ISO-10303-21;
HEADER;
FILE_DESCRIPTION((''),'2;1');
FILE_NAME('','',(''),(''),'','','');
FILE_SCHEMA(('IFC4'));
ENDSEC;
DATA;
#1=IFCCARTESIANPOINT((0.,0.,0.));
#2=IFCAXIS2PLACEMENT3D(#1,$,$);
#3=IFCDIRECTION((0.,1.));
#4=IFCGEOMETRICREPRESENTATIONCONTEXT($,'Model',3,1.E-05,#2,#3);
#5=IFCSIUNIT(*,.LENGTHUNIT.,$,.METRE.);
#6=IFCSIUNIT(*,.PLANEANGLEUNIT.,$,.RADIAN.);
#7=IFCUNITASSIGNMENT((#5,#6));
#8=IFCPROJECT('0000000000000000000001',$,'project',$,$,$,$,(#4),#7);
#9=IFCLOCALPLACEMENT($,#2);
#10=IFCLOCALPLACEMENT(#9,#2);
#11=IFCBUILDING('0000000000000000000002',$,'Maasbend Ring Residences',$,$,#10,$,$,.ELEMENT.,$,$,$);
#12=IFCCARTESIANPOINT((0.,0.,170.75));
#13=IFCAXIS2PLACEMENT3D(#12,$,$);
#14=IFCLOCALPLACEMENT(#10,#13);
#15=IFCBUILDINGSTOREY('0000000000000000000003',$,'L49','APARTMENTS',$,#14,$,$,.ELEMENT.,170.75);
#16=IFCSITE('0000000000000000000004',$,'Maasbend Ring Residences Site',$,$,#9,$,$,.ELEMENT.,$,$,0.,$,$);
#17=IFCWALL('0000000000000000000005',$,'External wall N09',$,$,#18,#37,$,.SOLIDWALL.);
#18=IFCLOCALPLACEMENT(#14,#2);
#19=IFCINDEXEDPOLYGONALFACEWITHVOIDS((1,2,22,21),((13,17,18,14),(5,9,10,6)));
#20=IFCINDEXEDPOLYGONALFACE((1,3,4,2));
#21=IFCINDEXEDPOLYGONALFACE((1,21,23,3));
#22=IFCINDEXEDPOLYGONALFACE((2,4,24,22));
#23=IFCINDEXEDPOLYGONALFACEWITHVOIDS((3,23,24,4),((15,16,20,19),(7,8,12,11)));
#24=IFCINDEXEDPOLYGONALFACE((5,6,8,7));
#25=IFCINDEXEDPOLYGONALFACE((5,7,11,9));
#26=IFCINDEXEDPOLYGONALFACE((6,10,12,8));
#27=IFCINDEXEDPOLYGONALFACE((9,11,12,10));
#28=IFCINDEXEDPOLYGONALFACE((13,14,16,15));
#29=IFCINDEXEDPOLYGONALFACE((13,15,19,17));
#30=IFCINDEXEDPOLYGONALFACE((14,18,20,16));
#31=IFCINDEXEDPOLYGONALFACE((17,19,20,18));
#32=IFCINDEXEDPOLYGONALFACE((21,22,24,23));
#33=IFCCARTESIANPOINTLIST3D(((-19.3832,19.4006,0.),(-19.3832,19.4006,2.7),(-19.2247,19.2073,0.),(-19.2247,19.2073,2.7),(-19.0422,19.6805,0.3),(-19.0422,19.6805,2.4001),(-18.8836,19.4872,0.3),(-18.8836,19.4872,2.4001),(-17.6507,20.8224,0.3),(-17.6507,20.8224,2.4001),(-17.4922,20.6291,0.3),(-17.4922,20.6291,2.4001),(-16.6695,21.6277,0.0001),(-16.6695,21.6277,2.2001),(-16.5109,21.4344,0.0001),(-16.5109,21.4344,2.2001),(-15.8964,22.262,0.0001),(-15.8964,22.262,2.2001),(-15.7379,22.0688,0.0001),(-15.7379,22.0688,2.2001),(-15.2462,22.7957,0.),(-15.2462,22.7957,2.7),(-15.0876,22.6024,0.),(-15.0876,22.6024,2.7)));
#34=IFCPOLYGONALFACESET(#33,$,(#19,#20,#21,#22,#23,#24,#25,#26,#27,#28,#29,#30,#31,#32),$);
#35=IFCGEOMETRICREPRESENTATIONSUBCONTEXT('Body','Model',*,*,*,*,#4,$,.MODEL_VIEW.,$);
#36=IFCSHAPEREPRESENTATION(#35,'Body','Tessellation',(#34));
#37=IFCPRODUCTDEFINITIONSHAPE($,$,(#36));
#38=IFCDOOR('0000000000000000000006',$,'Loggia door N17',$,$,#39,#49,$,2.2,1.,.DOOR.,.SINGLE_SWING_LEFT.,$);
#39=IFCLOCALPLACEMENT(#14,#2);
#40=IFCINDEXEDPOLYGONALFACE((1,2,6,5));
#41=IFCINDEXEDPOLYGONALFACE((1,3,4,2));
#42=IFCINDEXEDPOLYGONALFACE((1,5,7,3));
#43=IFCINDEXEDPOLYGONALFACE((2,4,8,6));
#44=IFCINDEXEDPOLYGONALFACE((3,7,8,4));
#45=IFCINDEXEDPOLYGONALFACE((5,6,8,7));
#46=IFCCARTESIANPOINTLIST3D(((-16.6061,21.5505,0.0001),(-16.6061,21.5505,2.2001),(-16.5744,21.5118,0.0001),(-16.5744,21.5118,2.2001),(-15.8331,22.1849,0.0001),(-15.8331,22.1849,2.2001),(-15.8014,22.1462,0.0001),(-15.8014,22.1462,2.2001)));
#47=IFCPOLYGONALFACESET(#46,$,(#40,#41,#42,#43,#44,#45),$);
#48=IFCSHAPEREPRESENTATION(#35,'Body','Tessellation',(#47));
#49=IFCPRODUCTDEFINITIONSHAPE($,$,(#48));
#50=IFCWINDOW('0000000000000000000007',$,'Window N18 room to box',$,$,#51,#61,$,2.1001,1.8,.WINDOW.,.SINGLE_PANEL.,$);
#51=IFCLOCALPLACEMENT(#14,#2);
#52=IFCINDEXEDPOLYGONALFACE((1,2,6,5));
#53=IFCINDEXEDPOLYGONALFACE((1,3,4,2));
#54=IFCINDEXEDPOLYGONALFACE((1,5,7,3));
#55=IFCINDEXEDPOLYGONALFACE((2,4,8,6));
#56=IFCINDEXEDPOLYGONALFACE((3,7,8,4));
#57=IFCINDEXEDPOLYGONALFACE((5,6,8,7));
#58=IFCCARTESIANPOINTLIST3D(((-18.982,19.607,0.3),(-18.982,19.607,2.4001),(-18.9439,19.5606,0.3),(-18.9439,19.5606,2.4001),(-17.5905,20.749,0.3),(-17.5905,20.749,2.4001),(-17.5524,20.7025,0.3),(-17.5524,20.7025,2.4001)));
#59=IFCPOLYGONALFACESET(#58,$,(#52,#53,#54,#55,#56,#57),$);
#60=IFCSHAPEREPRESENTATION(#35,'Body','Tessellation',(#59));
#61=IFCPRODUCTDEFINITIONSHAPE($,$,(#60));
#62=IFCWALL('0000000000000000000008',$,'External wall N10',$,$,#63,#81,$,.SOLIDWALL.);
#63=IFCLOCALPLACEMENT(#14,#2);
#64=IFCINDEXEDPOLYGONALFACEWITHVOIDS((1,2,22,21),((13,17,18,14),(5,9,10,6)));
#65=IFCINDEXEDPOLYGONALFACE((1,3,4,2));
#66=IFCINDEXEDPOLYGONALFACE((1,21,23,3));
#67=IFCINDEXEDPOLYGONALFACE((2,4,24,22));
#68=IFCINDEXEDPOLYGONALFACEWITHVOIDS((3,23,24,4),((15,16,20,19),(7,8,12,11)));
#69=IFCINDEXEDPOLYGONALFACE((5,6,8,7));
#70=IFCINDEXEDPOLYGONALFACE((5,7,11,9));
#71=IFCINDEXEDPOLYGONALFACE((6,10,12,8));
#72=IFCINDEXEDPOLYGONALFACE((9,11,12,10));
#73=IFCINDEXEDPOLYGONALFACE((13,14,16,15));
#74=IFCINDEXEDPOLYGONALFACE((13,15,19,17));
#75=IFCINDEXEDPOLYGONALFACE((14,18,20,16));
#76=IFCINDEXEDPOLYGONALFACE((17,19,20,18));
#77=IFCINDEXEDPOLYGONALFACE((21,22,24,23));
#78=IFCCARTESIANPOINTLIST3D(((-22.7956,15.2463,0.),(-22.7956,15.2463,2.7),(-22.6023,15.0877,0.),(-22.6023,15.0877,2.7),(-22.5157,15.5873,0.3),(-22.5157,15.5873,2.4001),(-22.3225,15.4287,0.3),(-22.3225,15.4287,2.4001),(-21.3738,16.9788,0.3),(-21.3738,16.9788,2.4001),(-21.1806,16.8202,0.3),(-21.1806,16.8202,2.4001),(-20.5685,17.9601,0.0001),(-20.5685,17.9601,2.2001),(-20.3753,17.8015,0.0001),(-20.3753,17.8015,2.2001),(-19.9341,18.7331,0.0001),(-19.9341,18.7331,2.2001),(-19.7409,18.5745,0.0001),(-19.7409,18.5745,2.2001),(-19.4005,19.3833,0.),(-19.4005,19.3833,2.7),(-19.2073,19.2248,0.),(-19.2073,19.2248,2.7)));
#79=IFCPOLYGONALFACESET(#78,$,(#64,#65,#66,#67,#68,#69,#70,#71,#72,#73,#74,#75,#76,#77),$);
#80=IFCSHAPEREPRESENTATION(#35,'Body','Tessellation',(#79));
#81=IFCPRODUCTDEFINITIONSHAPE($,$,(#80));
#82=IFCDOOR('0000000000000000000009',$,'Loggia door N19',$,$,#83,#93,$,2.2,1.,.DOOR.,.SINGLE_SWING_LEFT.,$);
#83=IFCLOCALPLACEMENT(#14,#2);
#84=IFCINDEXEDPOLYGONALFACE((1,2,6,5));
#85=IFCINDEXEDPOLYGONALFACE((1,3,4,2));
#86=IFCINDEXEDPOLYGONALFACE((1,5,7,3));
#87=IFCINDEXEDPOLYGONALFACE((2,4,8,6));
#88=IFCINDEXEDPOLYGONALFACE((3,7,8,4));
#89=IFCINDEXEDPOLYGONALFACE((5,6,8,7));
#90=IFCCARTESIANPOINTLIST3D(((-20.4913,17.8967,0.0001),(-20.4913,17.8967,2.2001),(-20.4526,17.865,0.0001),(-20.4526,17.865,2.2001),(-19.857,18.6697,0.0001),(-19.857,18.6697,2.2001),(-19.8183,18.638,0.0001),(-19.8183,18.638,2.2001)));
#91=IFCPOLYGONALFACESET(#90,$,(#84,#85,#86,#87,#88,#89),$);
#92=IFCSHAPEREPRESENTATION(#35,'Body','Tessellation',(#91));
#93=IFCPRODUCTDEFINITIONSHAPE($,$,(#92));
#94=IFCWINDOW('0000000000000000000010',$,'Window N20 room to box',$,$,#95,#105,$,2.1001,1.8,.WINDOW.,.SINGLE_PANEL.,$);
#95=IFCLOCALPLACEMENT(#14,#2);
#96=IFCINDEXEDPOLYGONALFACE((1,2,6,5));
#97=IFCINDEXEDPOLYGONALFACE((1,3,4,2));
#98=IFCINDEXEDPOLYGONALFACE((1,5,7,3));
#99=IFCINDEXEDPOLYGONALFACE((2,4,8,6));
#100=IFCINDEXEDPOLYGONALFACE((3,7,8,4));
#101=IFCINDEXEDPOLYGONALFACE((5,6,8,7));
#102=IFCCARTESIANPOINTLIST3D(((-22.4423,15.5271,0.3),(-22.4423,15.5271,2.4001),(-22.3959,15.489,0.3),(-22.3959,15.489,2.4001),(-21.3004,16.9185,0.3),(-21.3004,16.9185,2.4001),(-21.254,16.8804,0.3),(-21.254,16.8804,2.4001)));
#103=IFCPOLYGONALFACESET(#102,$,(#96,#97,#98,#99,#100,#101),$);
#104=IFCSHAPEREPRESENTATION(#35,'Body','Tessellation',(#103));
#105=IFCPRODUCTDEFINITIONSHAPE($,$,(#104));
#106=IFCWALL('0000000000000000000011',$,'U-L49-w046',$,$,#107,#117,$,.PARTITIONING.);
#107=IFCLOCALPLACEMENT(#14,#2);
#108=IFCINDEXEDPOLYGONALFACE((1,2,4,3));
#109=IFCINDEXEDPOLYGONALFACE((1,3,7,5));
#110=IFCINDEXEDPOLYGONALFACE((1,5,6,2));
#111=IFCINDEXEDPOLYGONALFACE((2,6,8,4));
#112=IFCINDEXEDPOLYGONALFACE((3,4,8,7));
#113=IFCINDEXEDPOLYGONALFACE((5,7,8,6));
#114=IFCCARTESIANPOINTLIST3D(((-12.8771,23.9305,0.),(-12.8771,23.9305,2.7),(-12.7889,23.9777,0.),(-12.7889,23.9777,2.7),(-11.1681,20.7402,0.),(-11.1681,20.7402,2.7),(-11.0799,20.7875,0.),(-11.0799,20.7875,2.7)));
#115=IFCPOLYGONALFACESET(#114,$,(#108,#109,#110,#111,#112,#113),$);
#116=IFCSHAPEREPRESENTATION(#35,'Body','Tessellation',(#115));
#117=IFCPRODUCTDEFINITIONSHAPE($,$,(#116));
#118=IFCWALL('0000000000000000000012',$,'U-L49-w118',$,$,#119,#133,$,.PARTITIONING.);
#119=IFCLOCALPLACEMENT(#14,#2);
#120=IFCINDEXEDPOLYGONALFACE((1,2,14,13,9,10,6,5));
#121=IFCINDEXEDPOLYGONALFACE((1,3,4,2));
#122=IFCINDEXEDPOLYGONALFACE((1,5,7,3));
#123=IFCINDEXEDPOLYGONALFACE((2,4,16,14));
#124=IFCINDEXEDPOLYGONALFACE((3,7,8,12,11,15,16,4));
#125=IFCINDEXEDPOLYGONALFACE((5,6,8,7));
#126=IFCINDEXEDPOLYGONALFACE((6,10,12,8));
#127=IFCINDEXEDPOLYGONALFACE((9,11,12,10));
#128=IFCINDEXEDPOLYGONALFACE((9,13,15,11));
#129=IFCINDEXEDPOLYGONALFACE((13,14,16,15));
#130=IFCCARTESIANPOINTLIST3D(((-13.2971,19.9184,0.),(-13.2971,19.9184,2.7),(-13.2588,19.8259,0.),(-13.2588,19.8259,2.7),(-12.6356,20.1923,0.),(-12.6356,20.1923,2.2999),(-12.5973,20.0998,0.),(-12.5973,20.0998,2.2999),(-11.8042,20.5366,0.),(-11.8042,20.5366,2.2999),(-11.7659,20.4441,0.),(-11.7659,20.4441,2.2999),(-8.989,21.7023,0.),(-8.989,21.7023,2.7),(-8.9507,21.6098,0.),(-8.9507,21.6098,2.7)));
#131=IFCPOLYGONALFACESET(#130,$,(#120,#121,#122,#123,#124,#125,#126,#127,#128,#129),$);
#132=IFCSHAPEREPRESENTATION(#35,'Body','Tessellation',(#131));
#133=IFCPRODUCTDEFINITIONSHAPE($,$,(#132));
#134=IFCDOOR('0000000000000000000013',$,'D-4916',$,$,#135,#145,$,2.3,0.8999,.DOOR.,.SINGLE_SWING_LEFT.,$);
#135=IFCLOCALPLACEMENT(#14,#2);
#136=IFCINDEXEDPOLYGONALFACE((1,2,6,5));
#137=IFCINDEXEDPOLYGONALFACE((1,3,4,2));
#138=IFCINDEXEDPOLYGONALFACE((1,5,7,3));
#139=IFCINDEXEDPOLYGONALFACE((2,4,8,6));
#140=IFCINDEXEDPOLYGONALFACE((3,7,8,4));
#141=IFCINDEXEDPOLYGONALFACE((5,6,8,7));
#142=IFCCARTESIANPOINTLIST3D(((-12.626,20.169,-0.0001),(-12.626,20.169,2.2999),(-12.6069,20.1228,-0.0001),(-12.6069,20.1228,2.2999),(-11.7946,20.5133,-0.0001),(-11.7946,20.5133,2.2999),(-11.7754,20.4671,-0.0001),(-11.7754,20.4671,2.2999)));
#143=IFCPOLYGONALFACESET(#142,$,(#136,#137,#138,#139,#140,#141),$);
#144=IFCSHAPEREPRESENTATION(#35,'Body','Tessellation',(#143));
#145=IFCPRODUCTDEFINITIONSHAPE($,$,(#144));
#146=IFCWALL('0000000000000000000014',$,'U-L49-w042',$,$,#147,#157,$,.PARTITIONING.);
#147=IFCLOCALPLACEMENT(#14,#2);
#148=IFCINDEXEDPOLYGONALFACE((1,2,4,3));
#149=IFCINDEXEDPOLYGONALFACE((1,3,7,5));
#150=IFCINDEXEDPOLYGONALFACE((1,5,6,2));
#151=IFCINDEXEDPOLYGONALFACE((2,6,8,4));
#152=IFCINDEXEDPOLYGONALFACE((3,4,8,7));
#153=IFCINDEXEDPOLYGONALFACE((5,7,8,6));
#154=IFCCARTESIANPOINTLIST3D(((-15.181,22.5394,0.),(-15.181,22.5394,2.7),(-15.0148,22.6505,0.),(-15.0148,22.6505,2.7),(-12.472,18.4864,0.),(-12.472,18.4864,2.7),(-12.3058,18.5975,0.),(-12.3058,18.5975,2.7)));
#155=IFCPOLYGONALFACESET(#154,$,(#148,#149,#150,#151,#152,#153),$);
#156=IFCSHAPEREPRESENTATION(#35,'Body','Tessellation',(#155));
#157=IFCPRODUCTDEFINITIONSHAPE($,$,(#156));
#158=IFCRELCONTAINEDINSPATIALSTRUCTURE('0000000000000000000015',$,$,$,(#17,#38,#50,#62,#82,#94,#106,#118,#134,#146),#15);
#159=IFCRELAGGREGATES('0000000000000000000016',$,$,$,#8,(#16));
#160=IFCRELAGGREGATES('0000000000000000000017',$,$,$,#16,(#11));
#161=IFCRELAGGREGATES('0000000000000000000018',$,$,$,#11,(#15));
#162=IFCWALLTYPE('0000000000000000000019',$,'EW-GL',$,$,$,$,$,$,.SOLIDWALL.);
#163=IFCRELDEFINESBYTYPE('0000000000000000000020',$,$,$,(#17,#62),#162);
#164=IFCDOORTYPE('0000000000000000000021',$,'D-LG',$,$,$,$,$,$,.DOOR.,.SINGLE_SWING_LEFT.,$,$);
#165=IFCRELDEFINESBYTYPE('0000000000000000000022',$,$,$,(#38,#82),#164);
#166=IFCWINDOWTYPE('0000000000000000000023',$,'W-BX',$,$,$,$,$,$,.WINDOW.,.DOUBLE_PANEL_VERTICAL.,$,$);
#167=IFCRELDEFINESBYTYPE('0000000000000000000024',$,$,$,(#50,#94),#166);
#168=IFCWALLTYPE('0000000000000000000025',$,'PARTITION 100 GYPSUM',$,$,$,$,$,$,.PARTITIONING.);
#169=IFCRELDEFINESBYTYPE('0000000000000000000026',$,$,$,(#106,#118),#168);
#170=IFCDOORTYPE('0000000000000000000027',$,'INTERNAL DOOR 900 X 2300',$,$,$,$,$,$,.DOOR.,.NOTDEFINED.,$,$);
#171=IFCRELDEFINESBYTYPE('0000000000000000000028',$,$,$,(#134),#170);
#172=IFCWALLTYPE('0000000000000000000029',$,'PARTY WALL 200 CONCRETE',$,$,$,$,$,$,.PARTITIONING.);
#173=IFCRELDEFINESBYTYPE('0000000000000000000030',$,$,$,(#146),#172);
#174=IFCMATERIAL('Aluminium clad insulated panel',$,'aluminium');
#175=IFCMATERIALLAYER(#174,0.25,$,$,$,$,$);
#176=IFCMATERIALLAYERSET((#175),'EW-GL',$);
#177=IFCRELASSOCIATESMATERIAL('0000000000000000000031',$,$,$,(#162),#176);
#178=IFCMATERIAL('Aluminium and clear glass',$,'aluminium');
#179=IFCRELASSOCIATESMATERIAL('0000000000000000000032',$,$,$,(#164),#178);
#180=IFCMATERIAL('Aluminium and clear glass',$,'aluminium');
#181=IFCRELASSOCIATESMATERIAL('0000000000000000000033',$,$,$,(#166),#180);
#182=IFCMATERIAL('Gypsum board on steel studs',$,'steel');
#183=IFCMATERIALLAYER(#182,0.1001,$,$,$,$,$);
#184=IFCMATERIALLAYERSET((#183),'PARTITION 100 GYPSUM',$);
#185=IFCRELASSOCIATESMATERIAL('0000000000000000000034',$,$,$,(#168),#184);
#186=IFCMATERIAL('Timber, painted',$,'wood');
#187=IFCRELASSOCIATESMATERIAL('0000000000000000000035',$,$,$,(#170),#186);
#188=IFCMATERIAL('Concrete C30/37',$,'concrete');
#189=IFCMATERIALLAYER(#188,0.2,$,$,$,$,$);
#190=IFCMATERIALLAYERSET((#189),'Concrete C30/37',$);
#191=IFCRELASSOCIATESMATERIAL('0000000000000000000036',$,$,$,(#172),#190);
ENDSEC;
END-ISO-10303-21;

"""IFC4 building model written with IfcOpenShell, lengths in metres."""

from ifc_helpers import new_model, si_unit, direction, frame, frame_2d, origin, place, context, subcontext, project, spatial, rectangle, extrude, material, layer, layer_set, type_object, element, fill, save


model = new_model("IFC4")

# Units and contexts
model_context = context("Model", 3, precision=1e-05, world=origin(), true_north=direction((0.0, 1.0)))
body_context = subcontext(model_context, "Body", "Model", "MODEL_VIEW")
ifc_project = project(units=[si_unit("LENGTHUNIT", "METRE"), si_unit("PLANEANGLEUNIT", "RADIAN")], contexts=[model_context])

# Site, building, storey
site_placement = place(None, origin())
site = spatial("IfcSite", under=ifc_project, at=site_placement, Name="Maasbend Ring Residences Site", CompositionType="ELEMENT", RefElevation=0.0)
building_placement = place(site_placement, origin())
building = spatial("IfcBuilding", under=site, at=building_placement, Name="Maasbend Ring Residences", CompositionType="ELEMENT")
storey_placement = place(building_placement, frame((0.0, 0.0, 170.75)))
storey = spatial("IfcBuildingStorey", under=building, at=storey_placement, Name="L49", Description="APARTMENTS", CompositionType="ELEMENT", Elevation=170.75)

# Walls, openings, doors, windows
ifc_material_1 = material(Name="Aluminium clad insulated panel", Category="aluminium")
ifc_layer_1 = layer(ifc_material_1, 0.25)
ifc_layer_set_1 = layer_set([ifc_layer_1], Name="EW-GL")
wall_type_1 = type_object("IfcWallType", Name="EW-GL", PredefinedType="SOLIDWALL", material=ifc_layer_set_1)
wall_1_placement = place(storey_placement, frame((-15.167, 22.699, 0.0), z_axis=(0.0, 0.0, 1.0), x_axis=(-0.773019, -0.634382, 0.0)))
wall_1 = element("IfcWall", 1, at=wall_1_placement, inside=storey, type_object=wall_type_1, Name="External wall N09", PredefinedType="SOLIDWALL", context=body_context, shape_type="SweptSolid", body=[
    extrude(rectangle(XDim=5.3518, YDim=0.25, at=frame_2d((2.6758, 0.0))), origin(), (0.0, 0.0, 1.0), 2.7),
])
opening_1_placement = place(wall_1_placement, frame((0.8411, 0.0, 0.0)))
opening_1 = element("IfcOpeningElement", 2, at=opening_1_placement, cuts=wall_1, PredefinedType="OPENING", context=body_context, shape_type="SweptSolid", body=[
    extrude(rectangle(XDim=1.0, YDim=2.2, at=frame_2d((0.5, 1.1001))), frame((0.0, 0.135, 0.0), z_axis=(0.0, -1.0, 0.0), x_axis=(1.0, 0.0, 0.0)), (0.0, 0.0, 1.0), 0.27),
])
opening_2_placement = place(wall_1_placement, frame((3.1106, 0.0, 0.3)))
opening_2 = element("IfcOpeningElement", 3, at=opening_2_placement, cuts=wall_1, PredefinedType="OPENING", context=body_context, shape_type="SweptSolid", body=[
    extrude(rectangle(XDim=1.8, YDim=2.1001, at=frame_2d((0.8999, 1.05))), frame((0.0, 0.135, 0.0), z_axis=(0.0, -1.0, 0.0), x_axis=(1.0, 0.0, 0.0)), (0.0, 0.0, 1.0), 0.27),
])
ifc_material_2 = material(Name="Aluminium and clear glass", Category="aluminium")
door_type_1 = type_object("IfcDoorType", Name="D-LG", OperationType="SINGLE_SWING_LEFT", PredefinedType="DOOR", material=ifc_material_2)
door_1_placement = place(opening_1_placement, origin())
door_1 = element("IfcDoor", 4, at=door_1_placement, inside=storey, type_object=door_type_1, Name="Loggia door N17", OperationType="SINGLE_SWING_LEFT", OverallHeight=2.2, OverallWidth=1.0, PredefinedType="DOOR", context=body_context, shape_type="SweptSolid", body=[
    extrude(rectangle(XDim=1.0, YDim=2.2, at=frame_2d((0.5, 1.1001))), frame((0.0, 0.0249, 0.0), z_axis=(0.0, -1.0, 0.0), x_axis=(1.0, 0.0, 0.0)), (0.0, 0.0, 1.0), 0.05),
])
fill(opening_1, door_1)
ifc_material_3 = material(Name="Aluminium and clear glass", Category="aluminium")
window_type_1 = type_object("IfcWindowType", Name="W-BX", PartitioningType="DOUBLE_PANEL_VERTICAL", PredefinedType="WINDOW", material=ifc_material_3)
window_1_placement = place(opening_2_placement, origin())
window_1 = element("IfcWindow", 5, at=window_1_placement, inside=storey, type_object=window_type_1, Name="Window N18 room to box", OverallHeight=2.1001, OverallWidth=1.8, PartitioningType="SINGLE_PANEL", PredefinedType="WINDOW", context=body_context, shape_type="SweptSolid", body=[
    extrude(rectangle(XDim=1.8, YDim=2.1001, at=frame_2d((0.8999, 1.05))), frame((0.0, 0.03, 0.0), z_axis=(0.0, -1.0, 0.0), x_axis=(1.0, 0.0, 0.0)), (0.0, 0.0, 1.0), 0.0601),
])
fill(opening_2, window_1)
wall_2_placement = place(storey_placement, frame((-19.304, 19.304, 0.0), z_axis=(0.0, 0.0, 1.0), x_axis=(-0.634382, -0.773019, 0.0)))
wall_2 = element("IfcWall", 6, at=wall_2_placement, inside=storey, type_object=wall_type_1, Name="External wall N10", PredefinedType="SOLIDWALL", context=body_context, shape_type="SweptSolid", body=[
    extrude(rectangle(XDim=5.3518, YDim=0.25, at=frame_2d((2.6758, 0.0))), origin(), (0.0, 0.0, 1.0), 2.7),
])
opening_3_placement = place(wall_2_placement, frame((0.8411, 0.0, 0.0)))
opening_3 = element("IfcOpeningElement", 7, at=opening_3_placement, cuts=wall_2, PredefinedType="OPENING", context=body_context, shape_type="SweptSolid", body=[
    extrude(rectangle(XDim=1.0, YDim=2.2, at=frame_2d((0.5, 1.1001))), frame((0.0, 0.135, 0.0), z_axis=(0.0, -1.0, 0.0), x_axis=(1.0, 0.0, 0.0)), (0.0, 0.0, 1.0), 0.27),
])
opening_4_placement = place(wall_2_placement, frame((3.1106, 0.0, 0.3)))
opening_4 = element("IfcOpeningElement", 8, at=opening_4_placement, cuts=wall_2, PredefinedType="OPENING", context=body_context, shape_type="SweptSolid", body=[
    extrude(rectangle(XDim=1.8, YDim=2.1001, at=frame_2d((0.8999, 1.05))), frame((0.0, 0.135, 0.0), z_axis=(0.0, -1.0, 0.0), x_axis=(1.0, 0.0, 0.0)), (0.0, 0.0, 1.0), 0.27),
])
door_2_placement = place(opening_3_placement, origin())
door_2 = element("IfcDoor", 9, at=door_2_placement, inside=storey, type_object=door_type_1, Name="Loggia door N19", OperationType="SINGLE_SWING_LEFT", OverallHeight=2.2, OverallWidth=1.0, PredefinedType="DOOR", context=body_context, shape_type="SweptSolid", body=[
    extrude(rectangle(XDim=1.0, YDim=2.2, at=frame_2d((0.5, 1.1001))), frame((0.0, 0.0249, 0.0), z_axis=(0.0, -1.0, 0.0), x_axis=(1.0, 0.0, 0.0)), (0.0, 0.0, 1.0), 0.05),
])
fill(opening_3, door_2)
window_2_placement = place(opening_4_placement, origin())
window_2 = element("IfcWindow", 10, at=window_2_placement, inside=storey, type_object=window_type_1, Name="Window N20 room to box", OverallHeight=2.1001, OverallWidth=1.8, PartitioningType="SINGLE_PANEL", PredefinedType="WINDOW", context=body_context, shape_type="SweptSolid", body=[
    extrude(rectangle(XDim=1.8, YDim=2.1001, at=frame_2d((0.8999, 1.05))), frame((0.0, 0.03, 0.0), z_axis=(0.0, -1.0, 0.0), x_axis=(1.0, 0.0, 0.0)), (0.0, 0.0, 1.0), 0.0601),
])
fill(opening_4, window_2)

# Wall
ifc_material_4 = material(Name="Gypsum board on steel studs", Category="steel")
ifc_layer_2 = layer(ifc_material_4, 0.1001)
ifc_layer_set_2 = layer_set([ifc_layer_2], Name="PARTITION 100 GYPSUM")
wall_type_2 = type_object("IfcWallType", Name="PARTITION 100 GYPSUM", PredefinedType="PARTITIONING", material=ifc_layer_set_2)
wall_3_placement = place(storey_placement, frame((-12.833, 23.9541, 0.0), z_axis=(0.0, 0.0, 1.0), x_axis=(0.472212, -0.881485, 0.0)))
element("IfcWall", 11, at=wall_3_placement, inside=storey, type_object=wall_type_2, Name="U-L49-w046", PredefinedType="PARTITIONING", context=body_context, shape_type="SweptSolid", body=[
    extrude(rectangle(XDim=3.6191, YDim=0.1001, at=frame_2d((1.8096, 0.0))), origin(), (0.0, 0.0, 1.0), 2.7),
])

# Wall, opening, door
wall_4_placement = place(storey_placement, frame((-13.2781, 19.8721, 0.0), z_axis=(0.0, 0.0, 1.0), x_axis=(0.92392, 0.382585, 0.0)))
wall_4 = element("IfcWall", 12, at=wall_4_placement, inside=storey, type_object=wall_type_2, Name="U-L49-w118", PredefinedType="PARTITIONING", context=body_context, shape_type="SweptSolid", body=[
    extrude(rectangle(XDim=4.6628, YDim=0.1001, at=frame_2d((2.3315, 0.0))), origin(), (0.0, 0.0, 1.0), 2.7),
])
opening_5_placement = place(wall_4_placement, frame((0.7161, 0.0, 0.0)))
opening_5 = element("IfcOpeningElement", 13, at=opening_5_placement, cuts=wall_4, PredefinedType="OPENING", context=body_context, shape_type="SweptSolid", body=[
    extrude(rectangle(XDim=0.8999, YDim=2.3, at=frame_2d((0.45, 1.1499))), frame((0.0, 0.0601, 0.0), z_axis=(0.0, -1.0, 0.0), x_axis=(1.0, 0.0, 0.0)), (0.0, 0.0, 1.0), 0.1201),
])
ifc_material_5 = material(Name="Timber, painted", Category="wood")
door_type_2 = type_object("IfcDoorType", Name="INTERNAL DOOR 900 X 2300", OperationType="NOTDEFINED", PredefinedType="DOOR", material=ifc_material_5)
door_3_placement = place(opening_5_placement, origin())
door_3 = element("IfcDoor", 14, at=door_3_placement, inside=storey, type_object=door_type_2, Name="D-4916", OperationType="SINGLE_SWING_LEFT", OverallHeight=2.3, OverallWidth=0.8999, PredefinedType="DOOR", context=body_context, shape_type="SweptSolid", body=[
    extrude(rectangle(XDim=0.8999, YDim=2.3, at=frame_2d((0.45, 1.1499))), frame((0.0, 0.0249, 0.0), z_axis=(0.0, -1.0, 0.0), x_axis=(1.0, 0.0, 0.0)), (0.0, 0.0, 1.0), 0.05),
])
fill(opening_5, door_3)

# Wall
ifc_material_6 = material(Name="Concrete C30/37", Category="concrete")
ifc_layer_3 = layer(ifc_material_6, 0.2)
ifc_layer_set_3 = layer_set([ifc_layer_3], Name="Concrete C30/37")
wall_type_3 = type_object("IfcWallType", Name="PARTY WALL 200 CONCRETE", PredefinedType="PARTITIONING", material=ifc_layer_set_3)
wall_5_placement = place(storey_placement, frame((-15.0979, 22.595, 0.0), z_axis=(0.0, 0.0, 1.0), x_axis=(0.555694, -0.831387, 0.0)))
element("IfcWall", 15, at=wall_5_placement, inside=storey, type_object=wall_type_3, Name="U-L49-w042", PredefinedType="PARTITIONING", context=body_context, shape_type="SweptSolid", body=[
    extrude(rectangle(XDim=4.875, YDim=0.2, at=frame_2d((2.4375, 0.0))), origin(), (0.0, 0.0, 1.0), 2.7),
])

save(model, "model.ifc")
